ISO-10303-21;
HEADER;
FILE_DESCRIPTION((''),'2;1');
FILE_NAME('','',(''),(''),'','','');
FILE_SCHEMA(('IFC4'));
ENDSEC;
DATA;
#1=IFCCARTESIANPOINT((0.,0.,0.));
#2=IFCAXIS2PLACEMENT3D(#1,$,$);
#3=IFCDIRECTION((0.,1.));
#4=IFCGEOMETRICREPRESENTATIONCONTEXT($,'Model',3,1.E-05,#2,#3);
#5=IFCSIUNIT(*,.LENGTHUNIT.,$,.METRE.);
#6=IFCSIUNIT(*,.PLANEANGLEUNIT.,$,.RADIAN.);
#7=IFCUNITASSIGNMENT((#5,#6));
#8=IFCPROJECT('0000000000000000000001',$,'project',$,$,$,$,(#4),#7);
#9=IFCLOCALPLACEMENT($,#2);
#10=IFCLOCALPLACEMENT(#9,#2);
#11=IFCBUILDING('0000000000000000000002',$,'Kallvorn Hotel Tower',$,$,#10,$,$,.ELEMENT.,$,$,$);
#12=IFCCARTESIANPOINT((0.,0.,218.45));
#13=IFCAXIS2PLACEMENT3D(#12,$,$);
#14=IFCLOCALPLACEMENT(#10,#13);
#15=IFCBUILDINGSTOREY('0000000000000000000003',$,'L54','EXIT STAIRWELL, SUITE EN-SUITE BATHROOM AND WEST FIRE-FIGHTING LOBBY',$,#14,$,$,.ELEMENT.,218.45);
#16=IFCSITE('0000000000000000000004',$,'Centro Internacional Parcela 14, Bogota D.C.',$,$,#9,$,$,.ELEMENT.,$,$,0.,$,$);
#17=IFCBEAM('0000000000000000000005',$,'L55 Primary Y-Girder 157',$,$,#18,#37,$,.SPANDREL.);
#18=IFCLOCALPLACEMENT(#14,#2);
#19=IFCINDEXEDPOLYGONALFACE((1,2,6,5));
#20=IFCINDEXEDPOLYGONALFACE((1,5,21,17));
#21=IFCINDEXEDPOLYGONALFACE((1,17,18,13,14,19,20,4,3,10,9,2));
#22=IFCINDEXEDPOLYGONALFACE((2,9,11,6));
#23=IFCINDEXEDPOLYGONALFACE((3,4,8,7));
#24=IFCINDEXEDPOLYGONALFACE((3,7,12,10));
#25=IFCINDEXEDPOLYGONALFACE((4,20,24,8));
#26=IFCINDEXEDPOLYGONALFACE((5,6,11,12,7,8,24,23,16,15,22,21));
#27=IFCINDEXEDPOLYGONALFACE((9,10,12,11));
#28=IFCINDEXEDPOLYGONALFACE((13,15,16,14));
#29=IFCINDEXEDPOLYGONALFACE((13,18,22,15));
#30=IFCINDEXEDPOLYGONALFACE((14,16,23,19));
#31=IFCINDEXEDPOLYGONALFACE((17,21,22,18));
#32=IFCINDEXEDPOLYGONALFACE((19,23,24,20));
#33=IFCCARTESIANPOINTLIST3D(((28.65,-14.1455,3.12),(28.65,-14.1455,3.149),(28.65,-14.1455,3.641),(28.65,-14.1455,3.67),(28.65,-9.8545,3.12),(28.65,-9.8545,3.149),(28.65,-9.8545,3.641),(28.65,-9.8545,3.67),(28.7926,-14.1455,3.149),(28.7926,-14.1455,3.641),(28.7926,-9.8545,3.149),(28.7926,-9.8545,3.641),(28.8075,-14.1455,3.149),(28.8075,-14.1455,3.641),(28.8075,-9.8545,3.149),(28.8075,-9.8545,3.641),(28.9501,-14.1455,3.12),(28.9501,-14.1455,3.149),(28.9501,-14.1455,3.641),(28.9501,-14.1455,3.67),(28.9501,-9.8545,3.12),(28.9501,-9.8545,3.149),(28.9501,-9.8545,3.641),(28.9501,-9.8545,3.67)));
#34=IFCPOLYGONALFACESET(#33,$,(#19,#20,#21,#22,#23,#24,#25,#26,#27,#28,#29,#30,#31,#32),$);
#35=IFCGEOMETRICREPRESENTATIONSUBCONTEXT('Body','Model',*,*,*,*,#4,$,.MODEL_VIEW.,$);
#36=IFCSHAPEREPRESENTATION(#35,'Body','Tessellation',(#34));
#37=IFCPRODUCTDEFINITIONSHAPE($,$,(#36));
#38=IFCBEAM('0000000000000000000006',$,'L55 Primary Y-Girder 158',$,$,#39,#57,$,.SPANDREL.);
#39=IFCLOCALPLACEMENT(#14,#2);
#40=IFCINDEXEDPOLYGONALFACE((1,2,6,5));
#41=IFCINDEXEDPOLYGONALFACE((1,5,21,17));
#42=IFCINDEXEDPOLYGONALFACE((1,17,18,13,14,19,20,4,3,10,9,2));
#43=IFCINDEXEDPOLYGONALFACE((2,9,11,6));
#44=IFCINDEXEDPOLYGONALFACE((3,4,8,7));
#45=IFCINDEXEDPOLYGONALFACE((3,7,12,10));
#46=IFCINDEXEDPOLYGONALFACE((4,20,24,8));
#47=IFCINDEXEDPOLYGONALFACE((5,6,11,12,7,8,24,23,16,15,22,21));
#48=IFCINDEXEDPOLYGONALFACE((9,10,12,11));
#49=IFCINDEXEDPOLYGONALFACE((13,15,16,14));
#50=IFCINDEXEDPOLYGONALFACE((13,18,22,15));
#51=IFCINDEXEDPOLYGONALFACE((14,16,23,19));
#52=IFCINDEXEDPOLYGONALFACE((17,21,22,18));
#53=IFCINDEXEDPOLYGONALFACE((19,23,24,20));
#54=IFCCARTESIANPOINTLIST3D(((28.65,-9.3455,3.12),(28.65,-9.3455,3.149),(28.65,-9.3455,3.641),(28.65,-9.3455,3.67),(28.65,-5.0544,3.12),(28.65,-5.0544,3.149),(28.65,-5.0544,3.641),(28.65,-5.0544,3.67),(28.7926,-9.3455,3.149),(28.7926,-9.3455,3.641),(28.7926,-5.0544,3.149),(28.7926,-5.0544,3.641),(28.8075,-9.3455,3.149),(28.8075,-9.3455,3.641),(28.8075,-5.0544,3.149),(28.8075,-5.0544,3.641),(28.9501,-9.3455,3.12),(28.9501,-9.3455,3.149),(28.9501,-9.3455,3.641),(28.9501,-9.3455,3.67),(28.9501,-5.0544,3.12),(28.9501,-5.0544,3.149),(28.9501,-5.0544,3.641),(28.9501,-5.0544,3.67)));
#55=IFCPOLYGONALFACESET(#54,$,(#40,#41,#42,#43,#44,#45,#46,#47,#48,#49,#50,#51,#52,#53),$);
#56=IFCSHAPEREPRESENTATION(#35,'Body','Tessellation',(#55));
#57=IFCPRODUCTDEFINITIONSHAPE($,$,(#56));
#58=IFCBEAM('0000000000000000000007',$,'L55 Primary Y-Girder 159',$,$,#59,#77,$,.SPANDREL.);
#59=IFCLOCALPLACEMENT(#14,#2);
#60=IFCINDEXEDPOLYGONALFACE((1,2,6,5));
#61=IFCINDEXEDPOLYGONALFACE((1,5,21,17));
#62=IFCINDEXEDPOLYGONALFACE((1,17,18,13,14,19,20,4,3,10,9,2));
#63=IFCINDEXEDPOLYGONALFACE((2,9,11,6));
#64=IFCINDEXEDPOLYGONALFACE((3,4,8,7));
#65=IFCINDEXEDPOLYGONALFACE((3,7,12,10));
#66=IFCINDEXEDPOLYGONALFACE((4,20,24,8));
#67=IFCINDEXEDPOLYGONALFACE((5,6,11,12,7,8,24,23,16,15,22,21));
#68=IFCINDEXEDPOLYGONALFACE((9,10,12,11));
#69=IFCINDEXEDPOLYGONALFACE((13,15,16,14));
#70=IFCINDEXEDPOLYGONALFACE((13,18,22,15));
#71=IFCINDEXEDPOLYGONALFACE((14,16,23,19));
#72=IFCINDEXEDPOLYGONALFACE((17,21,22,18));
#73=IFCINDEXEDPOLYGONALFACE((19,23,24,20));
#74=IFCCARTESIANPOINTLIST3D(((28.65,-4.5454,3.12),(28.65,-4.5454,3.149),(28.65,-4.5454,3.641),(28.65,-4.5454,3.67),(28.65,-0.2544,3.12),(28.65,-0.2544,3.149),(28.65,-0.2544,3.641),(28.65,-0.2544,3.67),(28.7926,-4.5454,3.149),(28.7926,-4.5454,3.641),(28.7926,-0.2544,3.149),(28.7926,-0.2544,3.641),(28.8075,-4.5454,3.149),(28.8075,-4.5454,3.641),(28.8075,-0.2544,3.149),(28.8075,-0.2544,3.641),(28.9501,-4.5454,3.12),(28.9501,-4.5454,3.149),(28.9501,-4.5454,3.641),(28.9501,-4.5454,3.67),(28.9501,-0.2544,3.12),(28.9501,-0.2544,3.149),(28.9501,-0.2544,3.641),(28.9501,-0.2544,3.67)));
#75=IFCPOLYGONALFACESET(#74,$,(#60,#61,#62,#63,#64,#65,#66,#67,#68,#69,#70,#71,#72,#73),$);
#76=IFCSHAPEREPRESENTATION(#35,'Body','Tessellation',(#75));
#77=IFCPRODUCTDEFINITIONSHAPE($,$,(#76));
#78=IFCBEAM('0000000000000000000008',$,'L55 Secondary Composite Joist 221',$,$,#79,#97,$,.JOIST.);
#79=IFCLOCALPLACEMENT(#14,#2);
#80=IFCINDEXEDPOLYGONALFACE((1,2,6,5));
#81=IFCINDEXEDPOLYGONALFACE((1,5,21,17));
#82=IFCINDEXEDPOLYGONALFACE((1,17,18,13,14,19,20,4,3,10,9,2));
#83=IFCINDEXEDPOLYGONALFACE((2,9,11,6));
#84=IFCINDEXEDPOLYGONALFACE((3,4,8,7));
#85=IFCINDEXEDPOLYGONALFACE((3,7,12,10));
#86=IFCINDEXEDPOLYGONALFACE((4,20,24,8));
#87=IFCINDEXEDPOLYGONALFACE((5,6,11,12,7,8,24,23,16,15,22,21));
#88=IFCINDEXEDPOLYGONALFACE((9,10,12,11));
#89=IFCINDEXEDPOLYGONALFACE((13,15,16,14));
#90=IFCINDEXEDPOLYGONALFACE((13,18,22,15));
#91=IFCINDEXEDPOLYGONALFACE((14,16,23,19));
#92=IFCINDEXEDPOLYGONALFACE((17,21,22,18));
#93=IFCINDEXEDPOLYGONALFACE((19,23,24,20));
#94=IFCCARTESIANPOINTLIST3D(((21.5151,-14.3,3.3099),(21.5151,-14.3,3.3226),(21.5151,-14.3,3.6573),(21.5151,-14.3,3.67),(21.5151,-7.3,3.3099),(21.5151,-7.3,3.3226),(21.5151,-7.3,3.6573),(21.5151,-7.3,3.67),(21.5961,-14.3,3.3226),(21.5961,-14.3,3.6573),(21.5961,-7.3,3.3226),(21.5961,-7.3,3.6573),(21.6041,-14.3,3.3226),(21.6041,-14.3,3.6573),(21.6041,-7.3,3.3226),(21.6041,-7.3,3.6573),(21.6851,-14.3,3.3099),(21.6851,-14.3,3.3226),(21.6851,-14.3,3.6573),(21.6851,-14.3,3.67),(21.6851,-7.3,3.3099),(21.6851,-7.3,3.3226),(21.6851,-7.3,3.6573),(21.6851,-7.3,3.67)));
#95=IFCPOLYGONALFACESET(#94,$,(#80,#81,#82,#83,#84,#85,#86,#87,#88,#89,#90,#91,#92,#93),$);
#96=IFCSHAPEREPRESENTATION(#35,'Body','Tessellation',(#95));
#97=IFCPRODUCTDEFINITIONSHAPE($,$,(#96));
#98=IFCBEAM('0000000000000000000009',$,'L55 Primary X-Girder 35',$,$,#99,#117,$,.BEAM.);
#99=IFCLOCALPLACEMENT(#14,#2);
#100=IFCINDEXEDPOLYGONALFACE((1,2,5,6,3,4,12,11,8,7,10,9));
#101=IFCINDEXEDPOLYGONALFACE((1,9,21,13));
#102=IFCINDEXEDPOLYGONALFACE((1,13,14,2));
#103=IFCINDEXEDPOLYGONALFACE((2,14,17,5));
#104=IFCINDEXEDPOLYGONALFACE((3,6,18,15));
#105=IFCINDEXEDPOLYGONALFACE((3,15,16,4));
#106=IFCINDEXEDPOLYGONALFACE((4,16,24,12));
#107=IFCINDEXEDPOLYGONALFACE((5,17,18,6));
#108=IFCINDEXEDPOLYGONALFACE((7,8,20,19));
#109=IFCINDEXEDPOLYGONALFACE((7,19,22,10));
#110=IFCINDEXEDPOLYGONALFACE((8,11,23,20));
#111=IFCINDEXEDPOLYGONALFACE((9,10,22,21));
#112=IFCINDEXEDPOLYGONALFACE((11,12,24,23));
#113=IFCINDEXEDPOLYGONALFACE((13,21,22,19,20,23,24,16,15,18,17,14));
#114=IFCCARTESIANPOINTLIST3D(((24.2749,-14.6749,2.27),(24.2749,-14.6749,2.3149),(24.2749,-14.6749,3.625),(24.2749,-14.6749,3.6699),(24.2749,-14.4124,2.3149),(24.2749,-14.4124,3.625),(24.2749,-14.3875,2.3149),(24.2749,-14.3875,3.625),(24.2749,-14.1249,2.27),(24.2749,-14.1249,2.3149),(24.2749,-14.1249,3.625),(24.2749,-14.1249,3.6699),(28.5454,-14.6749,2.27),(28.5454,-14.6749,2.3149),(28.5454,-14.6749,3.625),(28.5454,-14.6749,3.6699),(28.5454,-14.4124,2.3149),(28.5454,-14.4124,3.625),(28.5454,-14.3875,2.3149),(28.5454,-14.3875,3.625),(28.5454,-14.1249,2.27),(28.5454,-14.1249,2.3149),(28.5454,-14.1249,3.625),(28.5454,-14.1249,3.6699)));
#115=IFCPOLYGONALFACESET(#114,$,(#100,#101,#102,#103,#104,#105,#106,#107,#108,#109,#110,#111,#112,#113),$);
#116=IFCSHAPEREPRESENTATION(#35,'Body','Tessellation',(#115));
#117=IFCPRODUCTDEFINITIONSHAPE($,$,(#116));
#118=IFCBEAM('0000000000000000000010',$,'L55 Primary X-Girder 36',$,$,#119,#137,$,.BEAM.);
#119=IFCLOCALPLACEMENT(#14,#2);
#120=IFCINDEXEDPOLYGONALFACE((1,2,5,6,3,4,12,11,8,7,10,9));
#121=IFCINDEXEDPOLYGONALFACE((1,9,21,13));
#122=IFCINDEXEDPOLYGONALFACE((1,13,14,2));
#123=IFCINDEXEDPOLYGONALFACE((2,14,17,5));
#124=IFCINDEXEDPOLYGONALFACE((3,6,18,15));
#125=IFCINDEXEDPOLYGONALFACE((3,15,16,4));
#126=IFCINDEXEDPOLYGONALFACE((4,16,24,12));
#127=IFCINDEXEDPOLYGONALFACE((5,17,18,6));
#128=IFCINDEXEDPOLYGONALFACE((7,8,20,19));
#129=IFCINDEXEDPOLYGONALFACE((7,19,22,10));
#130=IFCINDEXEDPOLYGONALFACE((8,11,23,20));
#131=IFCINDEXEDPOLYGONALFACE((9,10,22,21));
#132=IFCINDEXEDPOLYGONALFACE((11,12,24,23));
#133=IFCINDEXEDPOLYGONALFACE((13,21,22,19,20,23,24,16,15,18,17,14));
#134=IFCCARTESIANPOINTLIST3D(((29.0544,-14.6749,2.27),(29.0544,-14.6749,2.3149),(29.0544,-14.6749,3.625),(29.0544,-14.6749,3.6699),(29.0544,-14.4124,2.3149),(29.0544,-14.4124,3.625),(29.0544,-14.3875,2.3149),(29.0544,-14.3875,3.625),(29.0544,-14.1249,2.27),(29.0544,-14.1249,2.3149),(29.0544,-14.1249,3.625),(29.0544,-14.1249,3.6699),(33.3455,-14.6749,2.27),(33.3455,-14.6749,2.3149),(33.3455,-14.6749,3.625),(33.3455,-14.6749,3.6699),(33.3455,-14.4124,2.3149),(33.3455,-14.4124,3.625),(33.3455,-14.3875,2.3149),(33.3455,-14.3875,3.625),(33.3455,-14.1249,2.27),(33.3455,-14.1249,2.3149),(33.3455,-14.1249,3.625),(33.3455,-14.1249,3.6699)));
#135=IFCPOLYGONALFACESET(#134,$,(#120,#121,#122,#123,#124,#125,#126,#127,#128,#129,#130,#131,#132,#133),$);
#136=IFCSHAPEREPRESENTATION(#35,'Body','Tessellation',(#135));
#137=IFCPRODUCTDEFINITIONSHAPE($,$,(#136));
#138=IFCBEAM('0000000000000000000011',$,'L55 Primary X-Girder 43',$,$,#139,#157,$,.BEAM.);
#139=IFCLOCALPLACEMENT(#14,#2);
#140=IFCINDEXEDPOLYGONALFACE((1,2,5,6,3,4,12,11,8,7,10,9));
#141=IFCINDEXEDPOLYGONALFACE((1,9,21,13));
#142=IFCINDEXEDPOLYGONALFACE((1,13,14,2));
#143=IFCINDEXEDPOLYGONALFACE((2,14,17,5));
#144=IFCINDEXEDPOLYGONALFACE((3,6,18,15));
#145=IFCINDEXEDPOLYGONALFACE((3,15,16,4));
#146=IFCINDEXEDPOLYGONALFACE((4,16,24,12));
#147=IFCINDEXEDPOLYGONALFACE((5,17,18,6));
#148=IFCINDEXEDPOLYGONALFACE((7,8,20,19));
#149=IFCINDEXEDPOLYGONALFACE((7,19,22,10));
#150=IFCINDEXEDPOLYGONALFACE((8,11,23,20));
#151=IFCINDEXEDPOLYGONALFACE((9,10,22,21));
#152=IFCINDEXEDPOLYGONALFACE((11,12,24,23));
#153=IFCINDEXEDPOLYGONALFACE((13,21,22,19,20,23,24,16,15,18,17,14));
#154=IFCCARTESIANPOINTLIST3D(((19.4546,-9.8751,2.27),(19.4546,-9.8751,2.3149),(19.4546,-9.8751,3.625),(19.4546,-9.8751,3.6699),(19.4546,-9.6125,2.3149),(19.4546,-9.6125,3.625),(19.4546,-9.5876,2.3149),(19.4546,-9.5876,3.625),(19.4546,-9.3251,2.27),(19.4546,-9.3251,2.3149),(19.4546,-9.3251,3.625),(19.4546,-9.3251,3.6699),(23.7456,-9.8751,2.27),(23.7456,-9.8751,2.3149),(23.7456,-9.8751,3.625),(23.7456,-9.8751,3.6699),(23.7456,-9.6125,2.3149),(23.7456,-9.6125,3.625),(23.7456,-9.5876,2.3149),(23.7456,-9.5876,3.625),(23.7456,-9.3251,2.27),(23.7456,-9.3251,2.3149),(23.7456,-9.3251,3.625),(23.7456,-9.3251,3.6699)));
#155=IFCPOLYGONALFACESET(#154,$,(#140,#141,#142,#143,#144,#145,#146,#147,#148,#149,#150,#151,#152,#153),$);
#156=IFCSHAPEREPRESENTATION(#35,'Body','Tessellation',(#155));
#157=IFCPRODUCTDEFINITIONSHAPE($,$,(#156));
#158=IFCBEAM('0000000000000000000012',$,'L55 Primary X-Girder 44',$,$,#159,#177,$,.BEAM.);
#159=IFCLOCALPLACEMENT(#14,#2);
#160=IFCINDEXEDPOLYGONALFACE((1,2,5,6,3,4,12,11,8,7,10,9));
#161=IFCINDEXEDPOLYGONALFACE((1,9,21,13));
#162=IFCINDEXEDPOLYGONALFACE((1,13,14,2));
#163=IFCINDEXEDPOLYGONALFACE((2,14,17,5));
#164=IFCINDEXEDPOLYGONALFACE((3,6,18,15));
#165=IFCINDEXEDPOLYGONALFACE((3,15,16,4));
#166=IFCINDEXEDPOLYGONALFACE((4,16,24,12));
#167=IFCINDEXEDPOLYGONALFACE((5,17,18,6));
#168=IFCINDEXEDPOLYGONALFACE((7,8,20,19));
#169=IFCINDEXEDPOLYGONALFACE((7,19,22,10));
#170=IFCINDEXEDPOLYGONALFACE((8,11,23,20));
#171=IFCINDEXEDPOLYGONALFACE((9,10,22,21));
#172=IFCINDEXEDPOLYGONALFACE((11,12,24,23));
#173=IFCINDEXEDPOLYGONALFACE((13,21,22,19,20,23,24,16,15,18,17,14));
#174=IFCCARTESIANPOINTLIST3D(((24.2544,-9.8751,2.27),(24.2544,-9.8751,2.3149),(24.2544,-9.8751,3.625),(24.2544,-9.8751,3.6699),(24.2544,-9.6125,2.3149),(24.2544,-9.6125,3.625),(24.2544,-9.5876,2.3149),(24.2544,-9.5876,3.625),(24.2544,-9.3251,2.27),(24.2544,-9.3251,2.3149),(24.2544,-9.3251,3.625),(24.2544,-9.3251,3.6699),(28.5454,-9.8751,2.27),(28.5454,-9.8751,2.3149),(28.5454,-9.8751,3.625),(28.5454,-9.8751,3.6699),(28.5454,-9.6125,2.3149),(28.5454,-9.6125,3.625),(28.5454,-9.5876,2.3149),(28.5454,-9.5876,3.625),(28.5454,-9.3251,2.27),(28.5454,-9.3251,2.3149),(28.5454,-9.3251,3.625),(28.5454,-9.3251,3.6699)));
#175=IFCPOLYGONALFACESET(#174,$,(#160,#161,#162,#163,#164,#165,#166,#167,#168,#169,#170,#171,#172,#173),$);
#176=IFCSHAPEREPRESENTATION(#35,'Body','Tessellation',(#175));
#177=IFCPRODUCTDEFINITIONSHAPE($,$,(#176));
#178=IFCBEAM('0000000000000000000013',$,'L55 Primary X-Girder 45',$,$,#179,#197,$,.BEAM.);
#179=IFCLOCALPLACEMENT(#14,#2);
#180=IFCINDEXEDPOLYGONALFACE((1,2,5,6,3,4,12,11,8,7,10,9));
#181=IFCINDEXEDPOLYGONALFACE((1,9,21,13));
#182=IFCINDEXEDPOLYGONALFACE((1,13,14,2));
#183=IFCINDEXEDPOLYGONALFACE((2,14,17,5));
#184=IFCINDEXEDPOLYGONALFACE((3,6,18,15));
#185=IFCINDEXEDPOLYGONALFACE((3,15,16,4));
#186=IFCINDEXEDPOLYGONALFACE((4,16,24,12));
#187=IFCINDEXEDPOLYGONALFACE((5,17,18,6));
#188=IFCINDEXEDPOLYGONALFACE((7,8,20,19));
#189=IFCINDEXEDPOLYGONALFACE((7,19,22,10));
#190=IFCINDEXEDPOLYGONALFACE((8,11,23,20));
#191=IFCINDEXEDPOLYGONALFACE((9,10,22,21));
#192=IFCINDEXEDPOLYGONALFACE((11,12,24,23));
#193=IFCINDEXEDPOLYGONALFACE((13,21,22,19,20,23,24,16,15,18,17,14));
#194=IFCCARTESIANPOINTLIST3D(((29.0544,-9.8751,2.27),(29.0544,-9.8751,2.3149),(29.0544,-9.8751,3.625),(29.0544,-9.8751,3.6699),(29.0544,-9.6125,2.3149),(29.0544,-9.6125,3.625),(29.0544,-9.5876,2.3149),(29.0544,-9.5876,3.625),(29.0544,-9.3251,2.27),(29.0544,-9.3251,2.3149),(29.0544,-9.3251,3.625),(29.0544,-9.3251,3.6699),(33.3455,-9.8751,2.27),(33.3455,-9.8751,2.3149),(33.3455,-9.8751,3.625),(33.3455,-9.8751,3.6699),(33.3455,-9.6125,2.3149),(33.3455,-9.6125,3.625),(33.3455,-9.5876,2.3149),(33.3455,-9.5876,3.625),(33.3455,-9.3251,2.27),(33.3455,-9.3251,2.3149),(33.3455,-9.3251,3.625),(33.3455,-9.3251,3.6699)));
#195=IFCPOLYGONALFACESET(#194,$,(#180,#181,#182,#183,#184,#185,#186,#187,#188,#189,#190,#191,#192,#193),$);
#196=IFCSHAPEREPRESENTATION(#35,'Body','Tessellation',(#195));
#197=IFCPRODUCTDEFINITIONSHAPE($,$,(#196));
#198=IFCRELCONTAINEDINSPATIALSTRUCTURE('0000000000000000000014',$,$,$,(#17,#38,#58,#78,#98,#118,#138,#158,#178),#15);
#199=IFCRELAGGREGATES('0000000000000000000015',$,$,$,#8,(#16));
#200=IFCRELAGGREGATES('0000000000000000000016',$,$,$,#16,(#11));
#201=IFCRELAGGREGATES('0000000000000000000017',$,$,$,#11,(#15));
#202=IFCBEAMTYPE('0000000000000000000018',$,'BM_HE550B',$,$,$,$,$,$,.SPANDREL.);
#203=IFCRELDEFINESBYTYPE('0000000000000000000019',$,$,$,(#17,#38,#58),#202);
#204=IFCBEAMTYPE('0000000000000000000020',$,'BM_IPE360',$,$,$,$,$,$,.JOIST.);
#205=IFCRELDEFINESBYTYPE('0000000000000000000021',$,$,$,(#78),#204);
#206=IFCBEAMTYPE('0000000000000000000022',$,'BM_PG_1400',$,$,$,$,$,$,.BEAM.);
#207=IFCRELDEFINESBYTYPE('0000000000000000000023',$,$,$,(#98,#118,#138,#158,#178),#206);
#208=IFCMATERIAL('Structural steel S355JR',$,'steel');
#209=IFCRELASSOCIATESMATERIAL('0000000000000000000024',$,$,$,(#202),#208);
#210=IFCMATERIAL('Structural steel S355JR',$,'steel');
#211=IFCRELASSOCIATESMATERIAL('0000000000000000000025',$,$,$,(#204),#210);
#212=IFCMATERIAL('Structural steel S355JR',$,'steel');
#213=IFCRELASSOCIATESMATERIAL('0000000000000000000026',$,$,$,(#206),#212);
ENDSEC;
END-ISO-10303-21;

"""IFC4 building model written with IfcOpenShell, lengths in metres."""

from ifc_helpers import new_model, si_unit, direction, frame, origin, origin_2d, place, context, subcontext, project, spatial, i_section, extrude, material, material_profile, profile_set, type_object, element, save


model = new_model("IFC4")

# Units and contexts
model_context = context("Model", 3, precision=1e-05, world=origin(), true_north=direction((0.0, 1.0)))
body_context = subcontext(model_context, "Body", "Model", "MODEL_VIEW")
ifc_project = project(units=[si_unit("LENGTHUNIT", "METRE"), si_unit("PLANEANGLEUNIT", "RADIAN")], contexts=[model_context])

# Site, building, storey
site_placement = place(None, origin())
site = spatial("IfcSite", under=ifc_project, at=site_placement, Name="Centro Internacional Parcela 14, Bogota D.C.", CompositionType="ELEMENT", RefElevation=0.0)
building_placement = place(site_placement, origin())
building = spatial("IfcBuilding", under=site, at=building_placement, Name="Kallvorn Hotel Tower", CompositionType="ELEMENT")
storey_placement = place(building_placement, frame((0.0, 0.0, 218.45)))
storey = spatial("IfcBuildingStorey", under=building, at=storey_placement, Name="L54", Description="EXIT STAIRWELL, SUITE EN-SUITE BATHROOM AND WEST FIRE-FIGHTING LOBBY", CompositionType="ELEMENT", Elevation=218.45)

# Beams
ifc_material_1 = material(Name="Structural steel S355JR", Category="steel")
ifc_material_profile_1 = material_profile(ifc_material_1, i_section(OverallWidth=0.3, OverallDepth=0.55, WebThickness=0.0149, FlangeThickness=0.0291, at=origin_2d()), Name="HE 550 B")
ifc_profile_set_1 = profile_set([ifc_material_profile_1], Name="Structural steel S355JR")
beam_type_1 = type_object("IfcBeamType", Name="BM_HE550B", PredefinedType="SPANDREL", material=ifc_profile_set_1)
for number, where, z_axis, x_axis, name in (
    (1, (28.8, -14.1455, 3.395), (0.0, 1.0, 0.0), (-1.0, 0.0, 0.0), "L55 Primary Y-Girder 157"),
    (2, (28.8, -9.3455, 3.395), (0.0, 1.0, 0.0), (-1.0, 0.0, 0.0), "L55 Primary Y-Girder 158"),
    (3, (28.8, -4.5454, 3.395), (0.0, 1.0, 0.0), (-1.0, 0.0, 0.0), "L55 Primary Y-Girder 159"),
):
    element("IfcBeam", number, at=place(storey_placement, frame(where, z_axis=z_axis, x_axis=x_axis)), inside=storey, type_object=beam_type_1, Name=name, PredefinedType="SPANDREL", context=body_context, shape_type="SweptSolid", body=[
        extrude(i_section(OverallWidth=0.3, OverallDepth=0.55, WebThickness=0.0149, FlangeThickness=0.0291, at=origin_2d()), origin(), (0.0, 0.0, 1.0), 4.291),
    ])
ifc_material_2 = material(Name="Structural steel S355JR", Category="steel")
ifc_material_profile_2 = material_profile(ifc_material_2, i_section(OverallWidth=0.1699, OverallDepth=0.3601, WebThickness=0.0081, FlangeThickness=0.0127, at=origin_2d()), Name="IPE 360")
ifc_profile_set_2 = profile_set([ifc_material_profile_2], Name="Structural steel S355JR")
beam_type_2 = type_object("IfcBeamType", Name="BM_IPE360", PredefinedType="JOIST", material=ifc_profile_set_2)
beam_1_placement = place(storey_placement, frame((21.6001, -14.3, 3.49), z_axis=(0.0, 1.0, 0.0), x_axis=(-1.0, 0.0, 0.0)))
element("IfcBeam", 4, at=beam_1_placement, inside=storey, type_object=beam_type_2, Name="L55 Secondary Composite Joist 221", PredefinedType="JOIST", context=body_context, shape_type="SweptSolid", body=[
    extrude(i_section(OverallWidth=0.1699, OverallDepth=0.3601, WebThickness=0.0081, FlangeThickness=0.0127, at=origin_2d()), origin(), (0.0, 0.0, 1.0), 7.0),
])
ifc_material_3 = material(Name="Structural steel S355JR", Category="steel")
ifc_material_profile_3 = material_profile(ifc_material_3, i_section(OverallWidth=0.55, OverallDepth=1.3999, WebThickness=0.0249, FlangeThickness=0.0449, at=origin_2d()), Name="PG 1400x550x25x45")
ifc_profile_set_3 = profile_set([ifc_material_profile_3], Name="Structural steel S355JR")
beam_type_3 = type_object("IfcBeamType", Name="BM_PG_1400", PredefinedType="BEAM", material=ifc_profile_set_3)
beam_2_placement = place(storey_placement, frame((24.2749, -14.3999, 2.97), z_axis=(1.0, 0.0, 0.0), x_axis=(0.0, 1.0, 0.0)))
element("IfcBeam", 5, at=beam_2_placement, inside=storey, type_object=beam_type_3, Name="L55 Primary X-Girder 35", PredefinedType="BEAM", context=body_context, shape_type="SweptSolid", body=[
    extrude(i_section(OverallWidth=0.55, OverallDepth=1.3999, WebThickness=0.0249, FlangeThickness=0.0449, at=origin_2d()), origin(), (0.0, 0.0, 1.0), 4.2705),
])
for number, where, z_axis, x_axis, name in (
    (6, (29.0544, -14.3999, 2.97), (1.0, 0.0, 0.0), (0.0, 1.0, 0.0), "L55 Primary X-Girder 36"),
    (7, (19.4546, -9.6001, 2.97), (1.0, 0.0, 0.0), (0.0, 1.0, 0.0), "L55 Primary X-Girder 43"),
    (8, (24.2544, -9.6001, 2.97), (1.0, 0.0, 0.0), (0.0, 1.0, 0.0), "L55 Primary X-Girder 44"),
    (9, (29.0544, -9.6001, 2.97), (1.0, 0.0, 0.0), (0.0, 1.0, 0.0), "L55 Primary X-Girder 45"),
):
    element("IfcBeam", number, at=place(storey_placement, frame(where, z_axis=z_axis, x_axis=x_axis)), inside=storey, type_object=beam_type_3, Name=name, PredefinedType="BEAM", context=body_context, shape_type="SweptSolid", body=[
        extrude(i_section(OverallWidth=0.55, OverallDepth=1.3999, WebThickness=0.0249, FlangeThickness=0.0449, at=origin_2d()), origin(), (0.0, 0.0, 1.0), 4.291),
    ])

save(model, "model.ifc")
